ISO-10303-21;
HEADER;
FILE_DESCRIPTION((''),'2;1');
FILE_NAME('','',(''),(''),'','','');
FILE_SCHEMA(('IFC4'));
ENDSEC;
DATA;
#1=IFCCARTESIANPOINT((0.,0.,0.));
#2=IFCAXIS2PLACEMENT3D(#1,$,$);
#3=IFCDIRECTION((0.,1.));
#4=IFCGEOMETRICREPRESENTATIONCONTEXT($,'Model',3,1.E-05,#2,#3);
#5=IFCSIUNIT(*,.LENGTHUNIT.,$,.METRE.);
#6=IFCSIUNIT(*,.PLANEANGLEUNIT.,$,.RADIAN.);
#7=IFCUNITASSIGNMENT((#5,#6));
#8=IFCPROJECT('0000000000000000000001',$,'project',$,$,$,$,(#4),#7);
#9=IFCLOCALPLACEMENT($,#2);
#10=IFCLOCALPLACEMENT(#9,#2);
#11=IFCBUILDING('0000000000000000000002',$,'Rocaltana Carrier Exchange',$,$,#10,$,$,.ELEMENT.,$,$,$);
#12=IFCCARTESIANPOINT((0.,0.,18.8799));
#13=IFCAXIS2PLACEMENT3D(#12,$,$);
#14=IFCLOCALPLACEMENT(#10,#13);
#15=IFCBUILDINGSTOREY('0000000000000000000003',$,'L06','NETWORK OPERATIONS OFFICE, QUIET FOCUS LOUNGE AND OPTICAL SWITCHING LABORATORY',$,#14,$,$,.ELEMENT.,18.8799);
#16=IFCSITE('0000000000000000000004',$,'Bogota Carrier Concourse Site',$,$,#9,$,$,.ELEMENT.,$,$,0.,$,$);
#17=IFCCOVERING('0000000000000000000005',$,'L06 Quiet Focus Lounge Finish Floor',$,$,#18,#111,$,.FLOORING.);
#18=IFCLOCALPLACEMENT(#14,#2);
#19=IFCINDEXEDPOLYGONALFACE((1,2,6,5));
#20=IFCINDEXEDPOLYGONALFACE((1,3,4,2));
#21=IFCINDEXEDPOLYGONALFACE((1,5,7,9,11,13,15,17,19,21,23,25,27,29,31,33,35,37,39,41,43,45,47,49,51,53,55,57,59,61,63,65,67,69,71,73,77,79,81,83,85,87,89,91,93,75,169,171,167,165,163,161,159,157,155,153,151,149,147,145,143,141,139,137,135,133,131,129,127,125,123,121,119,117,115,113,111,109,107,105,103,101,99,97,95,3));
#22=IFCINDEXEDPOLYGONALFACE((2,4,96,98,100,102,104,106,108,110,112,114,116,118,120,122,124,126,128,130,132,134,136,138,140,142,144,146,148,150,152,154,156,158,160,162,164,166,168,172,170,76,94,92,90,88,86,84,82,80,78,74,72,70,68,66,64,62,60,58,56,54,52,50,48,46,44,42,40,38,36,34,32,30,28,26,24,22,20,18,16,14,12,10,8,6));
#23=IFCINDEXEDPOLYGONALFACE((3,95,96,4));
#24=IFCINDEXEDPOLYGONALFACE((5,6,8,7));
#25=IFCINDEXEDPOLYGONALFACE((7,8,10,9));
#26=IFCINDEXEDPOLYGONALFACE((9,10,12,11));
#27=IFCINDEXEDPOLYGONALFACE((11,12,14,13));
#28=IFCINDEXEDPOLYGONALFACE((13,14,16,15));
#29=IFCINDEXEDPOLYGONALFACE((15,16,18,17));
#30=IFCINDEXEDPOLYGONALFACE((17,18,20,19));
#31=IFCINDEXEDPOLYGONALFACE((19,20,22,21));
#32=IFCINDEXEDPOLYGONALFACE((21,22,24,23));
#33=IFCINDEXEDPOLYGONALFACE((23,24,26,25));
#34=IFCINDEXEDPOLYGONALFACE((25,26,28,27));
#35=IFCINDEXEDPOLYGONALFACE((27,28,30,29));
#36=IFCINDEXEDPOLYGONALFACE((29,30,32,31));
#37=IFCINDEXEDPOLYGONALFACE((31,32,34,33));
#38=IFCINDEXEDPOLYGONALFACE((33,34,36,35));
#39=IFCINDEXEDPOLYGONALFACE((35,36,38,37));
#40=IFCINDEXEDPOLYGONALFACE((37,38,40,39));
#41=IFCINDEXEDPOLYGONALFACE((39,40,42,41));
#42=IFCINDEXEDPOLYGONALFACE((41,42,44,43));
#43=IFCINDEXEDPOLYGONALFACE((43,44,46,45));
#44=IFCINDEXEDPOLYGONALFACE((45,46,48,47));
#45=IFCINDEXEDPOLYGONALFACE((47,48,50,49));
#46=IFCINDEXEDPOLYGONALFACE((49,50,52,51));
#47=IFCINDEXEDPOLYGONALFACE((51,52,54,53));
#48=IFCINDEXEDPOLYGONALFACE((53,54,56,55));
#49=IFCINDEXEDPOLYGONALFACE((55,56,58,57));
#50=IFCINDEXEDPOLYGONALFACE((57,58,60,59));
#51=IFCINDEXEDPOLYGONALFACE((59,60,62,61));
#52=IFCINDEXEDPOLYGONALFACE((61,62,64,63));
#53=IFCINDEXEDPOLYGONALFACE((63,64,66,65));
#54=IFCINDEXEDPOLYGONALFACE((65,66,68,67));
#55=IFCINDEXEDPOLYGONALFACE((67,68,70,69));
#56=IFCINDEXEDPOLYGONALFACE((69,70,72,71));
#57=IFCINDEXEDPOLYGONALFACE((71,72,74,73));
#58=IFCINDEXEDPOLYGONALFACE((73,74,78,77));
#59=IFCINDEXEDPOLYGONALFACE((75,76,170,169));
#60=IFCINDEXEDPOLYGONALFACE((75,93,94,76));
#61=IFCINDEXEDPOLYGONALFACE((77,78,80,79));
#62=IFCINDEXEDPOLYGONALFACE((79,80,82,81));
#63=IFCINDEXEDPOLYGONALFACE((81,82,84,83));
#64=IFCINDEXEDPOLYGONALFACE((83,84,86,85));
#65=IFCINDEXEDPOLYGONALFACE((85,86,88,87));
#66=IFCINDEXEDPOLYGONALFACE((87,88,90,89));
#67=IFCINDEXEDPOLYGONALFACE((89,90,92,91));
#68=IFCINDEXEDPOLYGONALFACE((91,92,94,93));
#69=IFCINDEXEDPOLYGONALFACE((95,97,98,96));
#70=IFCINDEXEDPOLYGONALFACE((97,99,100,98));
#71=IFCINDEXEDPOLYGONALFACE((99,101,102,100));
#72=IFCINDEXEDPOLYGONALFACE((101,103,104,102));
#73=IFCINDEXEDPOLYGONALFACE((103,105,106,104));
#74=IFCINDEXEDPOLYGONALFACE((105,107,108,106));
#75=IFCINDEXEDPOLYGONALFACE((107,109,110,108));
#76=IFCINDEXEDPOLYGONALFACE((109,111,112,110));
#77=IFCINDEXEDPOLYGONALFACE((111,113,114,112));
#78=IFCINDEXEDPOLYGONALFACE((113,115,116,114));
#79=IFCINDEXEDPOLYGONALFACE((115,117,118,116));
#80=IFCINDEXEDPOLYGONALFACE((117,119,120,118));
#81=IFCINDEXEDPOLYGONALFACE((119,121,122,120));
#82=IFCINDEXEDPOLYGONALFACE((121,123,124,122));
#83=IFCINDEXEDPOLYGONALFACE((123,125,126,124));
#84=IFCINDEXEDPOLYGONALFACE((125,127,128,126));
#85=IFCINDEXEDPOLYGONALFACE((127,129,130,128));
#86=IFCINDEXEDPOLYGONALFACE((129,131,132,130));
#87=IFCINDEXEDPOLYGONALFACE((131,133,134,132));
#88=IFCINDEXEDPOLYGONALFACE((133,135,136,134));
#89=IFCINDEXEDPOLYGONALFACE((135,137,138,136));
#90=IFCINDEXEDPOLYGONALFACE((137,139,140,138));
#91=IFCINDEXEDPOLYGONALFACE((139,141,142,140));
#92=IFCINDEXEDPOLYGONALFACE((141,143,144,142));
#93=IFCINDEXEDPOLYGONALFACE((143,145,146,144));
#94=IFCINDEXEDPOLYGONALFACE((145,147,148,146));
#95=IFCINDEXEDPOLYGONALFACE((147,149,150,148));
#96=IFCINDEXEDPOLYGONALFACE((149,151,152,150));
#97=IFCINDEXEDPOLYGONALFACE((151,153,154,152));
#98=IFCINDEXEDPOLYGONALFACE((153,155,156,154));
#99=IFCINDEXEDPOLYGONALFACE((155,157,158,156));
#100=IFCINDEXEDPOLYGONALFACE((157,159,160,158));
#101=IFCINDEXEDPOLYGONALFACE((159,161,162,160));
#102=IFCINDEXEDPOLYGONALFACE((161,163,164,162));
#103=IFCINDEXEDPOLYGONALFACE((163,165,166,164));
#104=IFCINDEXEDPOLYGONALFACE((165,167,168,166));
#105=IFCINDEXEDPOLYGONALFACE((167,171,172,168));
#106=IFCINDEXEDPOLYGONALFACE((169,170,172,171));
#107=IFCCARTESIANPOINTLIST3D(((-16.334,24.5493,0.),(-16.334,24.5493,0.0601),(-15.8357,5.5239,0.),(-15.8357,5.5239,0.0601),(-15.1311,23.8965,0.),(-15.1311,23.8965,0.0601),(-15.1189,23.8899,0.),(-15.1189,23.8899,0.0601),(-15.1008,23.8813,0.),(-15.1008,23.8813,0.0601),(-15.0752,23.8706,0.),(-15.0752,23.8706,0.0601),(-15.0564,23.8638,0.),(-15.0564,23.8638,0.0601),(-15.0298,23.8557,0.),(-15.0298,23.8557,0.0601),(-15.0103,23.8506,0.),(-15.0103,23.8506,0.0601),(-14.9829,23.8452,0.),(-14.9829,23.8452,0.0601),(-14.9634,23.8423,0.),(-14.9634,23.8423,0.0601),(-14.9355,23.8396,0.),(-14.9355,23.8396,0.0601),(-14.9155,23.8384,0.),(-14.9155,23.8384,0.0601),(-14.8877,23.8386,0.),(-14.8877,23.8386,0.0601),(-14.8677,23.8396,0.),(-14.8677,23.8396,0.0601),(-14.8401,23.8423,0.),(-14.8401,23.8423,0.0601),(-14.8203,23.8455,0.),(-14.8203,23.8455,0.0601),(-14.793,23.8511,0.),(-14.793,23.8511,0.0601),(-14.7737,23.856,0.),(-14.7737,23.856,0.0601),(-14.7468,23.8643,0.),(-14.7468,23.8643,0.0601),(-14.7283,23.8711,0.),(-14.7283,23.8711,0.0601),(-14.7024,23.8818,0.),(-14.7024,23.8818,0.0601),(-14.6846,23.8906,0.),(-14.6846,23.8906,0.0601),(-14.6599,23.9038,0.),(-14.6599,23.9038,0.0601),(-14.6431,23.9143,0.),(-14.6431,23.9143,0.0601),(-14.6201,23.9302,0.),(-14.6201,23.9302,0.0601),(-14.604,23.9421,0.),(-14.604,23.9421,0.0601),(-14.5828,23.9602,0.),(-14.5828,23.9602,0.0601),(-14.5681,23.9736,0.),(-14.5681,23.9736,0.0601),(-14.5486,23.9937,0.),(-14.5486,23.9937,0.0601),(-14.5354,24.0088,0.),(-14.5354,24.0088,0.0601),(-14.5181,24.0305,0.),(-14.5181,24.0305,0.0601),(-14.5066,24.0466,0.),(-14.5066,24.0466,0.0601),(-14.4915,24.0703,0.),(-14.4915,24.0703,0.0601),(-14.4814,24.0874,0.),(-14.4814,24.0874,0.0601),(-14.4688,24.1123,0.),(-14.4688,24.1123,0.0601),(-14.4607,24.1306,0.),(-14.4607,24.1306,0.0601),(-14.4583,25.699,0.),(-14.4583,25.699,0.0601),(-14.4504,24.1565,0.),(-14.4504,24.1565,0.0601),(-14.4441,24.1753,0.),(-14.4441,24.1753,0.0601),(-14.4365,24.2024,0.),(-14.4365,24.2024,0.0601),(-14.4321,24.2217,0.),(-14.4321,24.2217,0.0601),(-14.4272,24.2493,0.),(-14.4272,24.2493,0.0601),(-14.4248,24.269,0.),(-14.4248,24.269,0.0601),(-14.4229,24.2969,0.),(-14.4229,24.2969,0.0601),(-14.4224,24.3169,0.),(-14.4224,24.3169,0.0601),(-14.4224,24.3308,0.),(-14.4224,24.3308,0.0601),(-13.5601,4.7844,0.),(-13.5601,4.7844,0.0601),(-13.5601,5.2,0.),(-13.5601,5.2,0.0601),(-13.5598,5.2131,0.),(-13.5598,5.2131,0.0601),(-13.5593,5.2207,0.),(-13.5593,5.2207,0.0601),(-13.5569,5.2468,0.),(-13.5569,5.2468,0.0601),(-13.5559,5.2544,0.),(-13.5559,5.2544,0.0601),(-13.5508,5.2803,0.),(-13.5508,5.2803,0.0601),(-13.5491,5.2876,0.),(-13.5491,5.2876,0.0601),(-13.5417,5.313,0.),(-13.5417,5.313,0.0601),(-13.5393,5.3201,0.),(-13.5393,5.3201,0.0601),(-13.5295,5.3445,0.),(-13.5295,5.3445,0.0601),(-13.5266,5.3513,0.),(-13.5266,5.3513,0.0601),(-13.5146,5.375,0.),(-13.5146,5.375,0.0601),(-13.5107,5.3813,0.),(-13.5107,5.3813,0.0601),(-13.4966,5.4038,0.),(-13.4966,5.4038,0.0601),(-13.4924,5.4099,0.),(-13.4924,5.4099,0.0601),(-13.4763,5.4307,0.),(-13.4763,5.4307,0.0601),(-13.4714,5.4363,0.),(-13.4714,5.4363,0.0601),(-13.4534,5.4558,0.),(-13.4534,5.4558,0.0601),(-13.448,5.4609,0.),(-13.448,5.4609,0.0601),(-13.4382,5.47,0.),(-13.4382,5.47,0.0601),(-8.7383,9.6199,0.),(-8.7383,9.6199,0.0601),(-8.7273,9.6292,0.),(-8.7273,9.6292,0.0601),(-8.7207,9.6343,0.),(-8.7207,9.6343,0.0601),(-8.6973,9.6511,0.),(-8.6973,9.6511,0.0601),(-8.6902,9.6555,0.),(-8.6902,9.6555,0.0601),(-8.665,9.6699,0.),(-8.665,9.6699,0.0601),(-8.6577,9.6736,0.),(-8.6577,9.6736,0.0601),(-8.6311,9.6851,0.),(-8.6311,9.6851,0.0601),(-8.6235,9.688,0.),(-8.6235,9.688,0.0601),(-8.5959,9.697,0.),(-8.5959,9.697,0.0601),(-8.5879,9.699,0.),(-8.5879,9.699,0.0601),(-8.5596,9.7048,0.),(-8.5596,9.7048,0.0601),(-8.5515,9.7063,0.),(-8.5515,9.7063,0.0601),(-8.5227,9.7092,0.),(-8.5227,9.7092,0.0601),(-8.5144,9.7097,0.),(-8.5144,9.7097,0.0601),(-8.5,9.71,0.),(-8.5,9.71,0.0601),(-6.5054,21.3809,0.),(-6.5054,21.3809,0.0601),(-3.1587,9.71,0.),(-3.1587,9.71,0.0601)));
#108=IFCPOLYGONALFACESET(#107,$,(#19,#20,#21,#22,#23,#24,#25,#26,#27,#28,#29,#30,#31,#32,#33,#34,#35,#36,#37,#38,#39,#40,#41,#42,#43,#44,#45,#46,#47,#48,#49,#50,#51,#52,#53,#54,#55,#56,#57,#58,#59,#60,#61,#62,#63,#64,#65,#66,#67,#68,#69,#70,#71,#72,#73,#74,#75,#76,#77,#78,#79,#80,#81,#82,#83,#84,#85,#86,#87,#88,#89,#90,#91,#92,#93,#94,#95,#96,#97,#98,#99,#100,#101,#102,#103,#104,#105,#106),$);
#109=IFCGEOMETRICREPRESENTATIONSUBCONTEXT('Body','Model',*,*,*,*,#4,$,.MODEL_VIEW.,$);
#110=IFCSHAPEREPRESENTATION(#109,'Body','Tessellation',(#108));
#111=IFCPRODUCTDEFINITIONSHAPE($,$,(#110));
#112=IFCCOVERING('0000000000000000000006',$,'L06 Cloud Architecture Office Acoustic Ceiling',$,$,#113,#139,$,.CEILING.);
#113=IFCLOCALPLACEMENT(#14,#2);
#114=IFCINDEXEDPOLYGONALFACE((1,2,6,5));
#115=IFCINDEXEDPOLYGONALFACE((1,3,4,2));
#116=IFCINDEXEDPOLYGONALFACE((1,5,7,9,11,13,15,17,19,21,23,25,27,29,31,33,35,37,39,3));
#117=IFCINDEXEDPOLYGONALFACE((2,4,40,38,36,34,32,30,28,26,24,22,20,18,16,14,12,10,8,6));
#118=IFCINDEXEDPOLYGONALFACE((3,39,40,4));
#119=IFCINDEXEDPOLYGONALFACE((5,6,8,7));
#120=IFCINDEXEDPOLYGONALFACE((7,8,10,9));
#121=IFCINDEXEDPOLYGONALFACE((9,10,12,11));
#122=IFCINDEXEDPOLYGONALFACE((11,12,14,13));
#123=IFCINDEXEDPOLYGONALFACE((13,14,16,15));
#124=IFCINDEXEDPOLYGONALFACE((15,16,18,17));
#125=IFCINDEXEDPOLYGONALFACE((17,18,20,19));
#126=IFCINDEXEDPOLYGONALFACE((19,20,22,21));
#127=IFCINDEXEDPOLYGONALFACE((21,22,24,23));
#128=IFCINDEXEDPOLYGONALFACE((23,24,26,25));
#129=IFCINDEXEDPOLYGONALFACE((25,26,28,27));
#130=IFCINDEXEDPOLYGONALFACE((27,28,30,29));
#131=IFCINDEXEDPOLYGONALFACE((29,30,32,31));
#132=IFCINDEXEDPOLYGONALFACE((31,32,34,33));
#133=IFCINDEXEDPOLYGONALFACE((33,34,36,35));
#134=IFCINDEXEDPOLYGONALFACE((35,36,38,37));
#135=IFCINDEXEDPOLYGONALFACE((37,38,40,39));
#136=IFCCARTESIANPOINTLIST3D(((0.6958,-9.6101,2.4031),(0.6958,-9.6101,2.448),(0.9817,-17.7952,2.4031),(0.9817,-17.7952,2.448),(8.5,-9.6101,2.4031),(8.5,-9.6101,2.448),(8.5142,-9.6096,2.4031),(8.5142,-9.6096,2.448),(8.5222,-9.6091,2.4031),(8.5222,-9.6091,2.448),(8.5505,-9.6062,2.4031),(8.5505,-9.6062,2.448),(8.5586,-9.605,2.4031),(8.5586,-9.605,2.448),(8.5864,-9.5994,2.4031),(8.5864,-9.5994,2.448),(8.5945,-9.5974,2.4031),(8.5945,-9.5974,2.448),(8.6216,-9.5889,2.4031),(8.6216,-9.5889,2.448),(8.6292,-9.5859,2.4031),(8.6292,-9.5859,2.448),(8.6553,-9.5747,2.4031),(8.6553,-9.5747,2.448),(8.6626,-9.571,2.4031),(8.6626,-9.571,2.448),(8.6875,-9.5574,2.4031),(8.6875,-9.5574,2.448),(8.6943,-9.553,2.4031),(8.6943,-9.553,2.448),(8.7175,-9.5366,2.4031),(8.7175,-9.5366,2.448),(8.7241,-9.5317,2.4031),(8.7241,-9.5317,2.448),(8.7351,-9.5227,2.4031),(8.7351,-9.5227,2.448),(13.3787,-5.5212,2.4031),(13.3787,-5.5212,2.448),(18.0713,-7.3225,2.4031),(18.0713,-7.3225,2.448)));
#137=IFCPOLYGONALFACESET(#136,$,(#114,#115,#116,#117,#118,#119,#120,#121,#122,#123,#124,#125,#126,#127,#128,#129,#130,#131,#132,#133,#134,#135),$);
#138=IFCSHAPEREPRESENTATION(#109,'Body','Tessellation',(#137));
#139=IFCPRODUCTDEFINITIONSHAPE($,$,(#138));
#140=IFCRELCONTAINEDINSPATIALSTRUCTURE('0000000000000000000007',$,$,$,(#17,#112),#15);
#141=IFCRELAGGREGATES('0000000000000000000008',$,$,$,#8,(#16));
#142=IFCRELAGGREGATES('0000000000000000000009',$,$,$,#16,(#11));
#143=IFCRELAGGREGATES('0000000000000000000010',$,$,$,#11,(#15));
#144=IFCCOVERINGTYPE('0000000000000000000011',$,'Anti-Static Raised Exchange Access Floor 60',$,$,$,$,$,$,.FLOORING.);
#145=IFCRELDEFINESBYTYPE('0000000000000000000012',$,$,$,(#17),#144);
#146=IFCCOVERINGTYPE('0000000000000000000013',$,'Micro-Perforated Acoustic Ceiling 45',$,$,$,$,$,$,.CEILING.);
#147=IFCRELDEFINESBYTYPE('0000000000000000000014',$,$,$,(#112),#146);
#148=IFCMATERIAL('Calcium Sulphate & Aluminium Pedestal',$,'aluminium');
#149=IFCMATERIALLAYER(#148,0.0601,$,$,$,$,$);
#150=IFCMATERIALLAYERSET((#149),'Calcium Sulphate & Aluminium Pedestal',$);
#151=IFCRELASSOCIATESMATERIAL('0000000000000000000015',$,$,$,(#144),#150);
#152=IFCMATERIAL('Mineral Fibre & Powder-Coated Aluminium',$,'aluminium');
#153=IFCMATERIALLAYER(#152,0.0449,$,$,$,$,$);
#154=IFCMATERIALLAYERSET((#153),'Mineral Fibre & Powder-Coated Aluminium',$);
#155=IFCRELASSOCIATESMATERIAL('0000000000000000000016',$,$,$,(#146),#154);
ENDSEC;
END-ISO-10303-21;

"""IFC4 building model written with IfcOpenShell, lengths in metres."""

from ifc_helpers import new_model, si_unit, direction, frame, origin, place, context, subcontext, project, spatial, polyline, outline, extrude, material, layer, layer_set, type_object, element, save


model = new_model("IFC4")

# Units and contexts
model_context = context("Model", 3, precision=1e-05, world=origin(), true_north=direction((0.0, 1.0)))
body_context = subcontext(model_context, "Body", "Model", "MODEL_VIEW")
ifc_project = project(units=[si_unit("LENGTHUNIT", "METRE"), si_unit("PLANEANGLEUNIT", "RADIAN")], contexts=[model_context])

# Site, building, storey
site_placement = place(None, origin())
site = spatial("IfcSite", under=ifc_project, at=site_placement, Name="Bogota Carrier Concourse Site", CompositionType="ELEMENT", RefElevation=0.0)
building_placement = place(site_placement, origin())
building = spatial("IfcBuilding", under=site, at=building_placement, Name="Rocaltana Carrier Exchange", CompositionType="ELEMENT")
storey_placement = place(building_placement, frame((0.0, 0.0, 18.8799)))
storey = spatial("IfcBuildingStorey", under=building, at=storey_placement, Name="L06", Description="NETWORK OPERATIONS OFFICE, QUIET FOCUS LOUNGE AND OPTICAL SWITCHING LABORATORY", CompositionType="ELEMENT", Elevation=18.8799)

# Coverings
ifc_material_1 = material(Name="Calcium Sulphate & Aluminium Pedestal", Category="aluminium")
ifc_layer_1 = layer(ifc_material_1, 0.0601)
ifc_layer_set_1 = layer_set([ifc_layer_1], Name="Calcium Sulphate & Aluminium Pedestal")
covering_type_1 = type_object("IfcCoveringType", Name="Anti-Static Raised Exchange Access Floor 60", PredefinedType="FLOORING", material=ifc_layer_set_1)
covering_1_placement = place(storey_placement, origin())
element("IfcCovering", 1, at=covering_1_placement, inside=storey, type_object=covering_type_1, Name="L06 Quiet Focus Lounge Finish Floor", PredefinedType="FLOORING", context=body_context, shape_type="SweptSolid", body=[
    extrude(outline(polyline([(-16.334, 24.5493), (-15.1311, 23.8965), (-15.1189, 23.8899), (-15.1008, 23.8813), (-15.0752, 23.8706), (-15.0564, 23.8638), (-15.0298, 23.8557), (-15.0103, 23.8506), (-14.9829, 23.8452), (-14.9634, 23.8423), (-14.9355, 23.8396), (-14.9155, 23.8384), (-14.8877, 23.8386), (-14.8677, 23.8396), (-14.8401, 23.8423), (-14.8203, 23.8455), (-14.793, 23.8511), (-14.7737, 23.856), (-14.7468, 23.8643), (-14.7283, 23.8711), (-14.7024, 23.8818), (-14.6846, 23.8906), (-14.6599, 23.9038), (-14.6431, 23.9143), (-14.6201, 23.9302), (-14.604, 23.9421), (-14.5828, 23.9602), (-14.5681, 23.9736), (-14.5486, 23.9937), (-14.5354, 24.0088), (-14.5181, 24.0305), (-14.5066, 24.0466), (-14.4915, 24.0703), (-14.4814, 24.0874), (-14.4688, 24.1123), (-14.4607, 24.1306), (-14.4504, 24.1565), (-14.4441, 24.1753), (-14.4365, 24.2024), (-14.4321, 24.2217), (-14.4272, 24.2493), (-14.4248, 24.269), (-14.4229, 24.2969), (-14.4224, 24.3169), (-14.4224, 24.3308), (-14.4583, 25.699), (-6.5054, 21.3809), (-3.1587, 9.71), (-8.5, 9.71), (-8.5144, 9.7097), (-8.5227, 9.7092), (-8.5515, 9.7063), (-8.5596, 9.7048), (-8.5879, 9.699), (-8.5959, 9.697), (-8.6235, 9.688), (-8.6311, 9.6851), (-8.6577, 9.6736), (-8.665, 9.6699), (-8.6902, 9.6555), (-8.6973, 9.6511), (-8.7207, 9.6343), (-8.7273, 9.6292), (-8.7383, 9.6199), (-13.4382, 5.47), (-13.448, 5.4609), (-13.4534, 5.4558), (-13.4714, 5.4363), (-13.4763, 5.4307), (-13.4924, 5.4099), (-13.4966, 5.4038), (-13.5107, 5.3813), (-13.5146, 5.375), (-13.5266, 5.3513), (-13.5295, 5.3445), (-13.5393, 5.3201), (-13.5417, 5.313), (-13.5491, 5.2876), (-13.5508, 5.2803), (-13.5559, 5.2544), (-13.5569, 5.2468), (-13.5593, 5.2207), (-13.5598, 5.2131), (-13.5601, 5.2), (-13.5601, 4.7844), (-15.8357, 5.5239), (-16.334, 24.5493)])), origin(), (0.0, 0.0, 1.0), 0.0601),
])
ifc_material_2 = material(Name="Mineral Fibre & Powder-Coated Aluminium", Category="aluminium")
ifc_layer_2 = layer(ifc_material_2, 0.0449)
ifc_layer_set_2 = layer_set([ifc_layer_2], Name="Mineral Fibre & Powder-Coated Aluminium")
covering_type_2 = type_object("IfcCoveringType", Name="Micro-Perforated Acoustic Ceiling 45", PredefinedType="CEILING", material=ifc_layer_set_2)
covering_2_placement = place(storey_placement, frame((0.0, 0.0, 2.4031)))
element("IfcCovering", 2, at=covering_2_placement, inside=storey, type_object=covering_type_2, Name="L06 Cloud Architecture Office Acoustic Ceiling", PredefinedType="CEILING", context=body_context, shape_type="SweptSolid", body=[
    extrude(outline(polyline([(0.9817, -17.7952), (0.6958, -9.6101), (8.5, -9.6101), (8.5142, -9.6096), (8.5222, -9.6091), (8.5505, -9.6062), (8.5586, -9.605), (8.5864, -9.5994), (8.5945, -9.5974), (8.6216, -9.5889), (8.6292, -9.5859), (8.6553, -9.5747), (8.6626, -9.571), (8.6875, -9.5574), (8.6943, -9.553), (8.7175, -9.5366), (8.7241, -9.5317), (8.7351, -9.5227), (13.3787, -5.5212), (18.0713, -7.3225), (0.9817, -17.7952)])), origin(), (0.0, 0.0, 1.0), 0.0449),
])

save(model, "model.ifc")
